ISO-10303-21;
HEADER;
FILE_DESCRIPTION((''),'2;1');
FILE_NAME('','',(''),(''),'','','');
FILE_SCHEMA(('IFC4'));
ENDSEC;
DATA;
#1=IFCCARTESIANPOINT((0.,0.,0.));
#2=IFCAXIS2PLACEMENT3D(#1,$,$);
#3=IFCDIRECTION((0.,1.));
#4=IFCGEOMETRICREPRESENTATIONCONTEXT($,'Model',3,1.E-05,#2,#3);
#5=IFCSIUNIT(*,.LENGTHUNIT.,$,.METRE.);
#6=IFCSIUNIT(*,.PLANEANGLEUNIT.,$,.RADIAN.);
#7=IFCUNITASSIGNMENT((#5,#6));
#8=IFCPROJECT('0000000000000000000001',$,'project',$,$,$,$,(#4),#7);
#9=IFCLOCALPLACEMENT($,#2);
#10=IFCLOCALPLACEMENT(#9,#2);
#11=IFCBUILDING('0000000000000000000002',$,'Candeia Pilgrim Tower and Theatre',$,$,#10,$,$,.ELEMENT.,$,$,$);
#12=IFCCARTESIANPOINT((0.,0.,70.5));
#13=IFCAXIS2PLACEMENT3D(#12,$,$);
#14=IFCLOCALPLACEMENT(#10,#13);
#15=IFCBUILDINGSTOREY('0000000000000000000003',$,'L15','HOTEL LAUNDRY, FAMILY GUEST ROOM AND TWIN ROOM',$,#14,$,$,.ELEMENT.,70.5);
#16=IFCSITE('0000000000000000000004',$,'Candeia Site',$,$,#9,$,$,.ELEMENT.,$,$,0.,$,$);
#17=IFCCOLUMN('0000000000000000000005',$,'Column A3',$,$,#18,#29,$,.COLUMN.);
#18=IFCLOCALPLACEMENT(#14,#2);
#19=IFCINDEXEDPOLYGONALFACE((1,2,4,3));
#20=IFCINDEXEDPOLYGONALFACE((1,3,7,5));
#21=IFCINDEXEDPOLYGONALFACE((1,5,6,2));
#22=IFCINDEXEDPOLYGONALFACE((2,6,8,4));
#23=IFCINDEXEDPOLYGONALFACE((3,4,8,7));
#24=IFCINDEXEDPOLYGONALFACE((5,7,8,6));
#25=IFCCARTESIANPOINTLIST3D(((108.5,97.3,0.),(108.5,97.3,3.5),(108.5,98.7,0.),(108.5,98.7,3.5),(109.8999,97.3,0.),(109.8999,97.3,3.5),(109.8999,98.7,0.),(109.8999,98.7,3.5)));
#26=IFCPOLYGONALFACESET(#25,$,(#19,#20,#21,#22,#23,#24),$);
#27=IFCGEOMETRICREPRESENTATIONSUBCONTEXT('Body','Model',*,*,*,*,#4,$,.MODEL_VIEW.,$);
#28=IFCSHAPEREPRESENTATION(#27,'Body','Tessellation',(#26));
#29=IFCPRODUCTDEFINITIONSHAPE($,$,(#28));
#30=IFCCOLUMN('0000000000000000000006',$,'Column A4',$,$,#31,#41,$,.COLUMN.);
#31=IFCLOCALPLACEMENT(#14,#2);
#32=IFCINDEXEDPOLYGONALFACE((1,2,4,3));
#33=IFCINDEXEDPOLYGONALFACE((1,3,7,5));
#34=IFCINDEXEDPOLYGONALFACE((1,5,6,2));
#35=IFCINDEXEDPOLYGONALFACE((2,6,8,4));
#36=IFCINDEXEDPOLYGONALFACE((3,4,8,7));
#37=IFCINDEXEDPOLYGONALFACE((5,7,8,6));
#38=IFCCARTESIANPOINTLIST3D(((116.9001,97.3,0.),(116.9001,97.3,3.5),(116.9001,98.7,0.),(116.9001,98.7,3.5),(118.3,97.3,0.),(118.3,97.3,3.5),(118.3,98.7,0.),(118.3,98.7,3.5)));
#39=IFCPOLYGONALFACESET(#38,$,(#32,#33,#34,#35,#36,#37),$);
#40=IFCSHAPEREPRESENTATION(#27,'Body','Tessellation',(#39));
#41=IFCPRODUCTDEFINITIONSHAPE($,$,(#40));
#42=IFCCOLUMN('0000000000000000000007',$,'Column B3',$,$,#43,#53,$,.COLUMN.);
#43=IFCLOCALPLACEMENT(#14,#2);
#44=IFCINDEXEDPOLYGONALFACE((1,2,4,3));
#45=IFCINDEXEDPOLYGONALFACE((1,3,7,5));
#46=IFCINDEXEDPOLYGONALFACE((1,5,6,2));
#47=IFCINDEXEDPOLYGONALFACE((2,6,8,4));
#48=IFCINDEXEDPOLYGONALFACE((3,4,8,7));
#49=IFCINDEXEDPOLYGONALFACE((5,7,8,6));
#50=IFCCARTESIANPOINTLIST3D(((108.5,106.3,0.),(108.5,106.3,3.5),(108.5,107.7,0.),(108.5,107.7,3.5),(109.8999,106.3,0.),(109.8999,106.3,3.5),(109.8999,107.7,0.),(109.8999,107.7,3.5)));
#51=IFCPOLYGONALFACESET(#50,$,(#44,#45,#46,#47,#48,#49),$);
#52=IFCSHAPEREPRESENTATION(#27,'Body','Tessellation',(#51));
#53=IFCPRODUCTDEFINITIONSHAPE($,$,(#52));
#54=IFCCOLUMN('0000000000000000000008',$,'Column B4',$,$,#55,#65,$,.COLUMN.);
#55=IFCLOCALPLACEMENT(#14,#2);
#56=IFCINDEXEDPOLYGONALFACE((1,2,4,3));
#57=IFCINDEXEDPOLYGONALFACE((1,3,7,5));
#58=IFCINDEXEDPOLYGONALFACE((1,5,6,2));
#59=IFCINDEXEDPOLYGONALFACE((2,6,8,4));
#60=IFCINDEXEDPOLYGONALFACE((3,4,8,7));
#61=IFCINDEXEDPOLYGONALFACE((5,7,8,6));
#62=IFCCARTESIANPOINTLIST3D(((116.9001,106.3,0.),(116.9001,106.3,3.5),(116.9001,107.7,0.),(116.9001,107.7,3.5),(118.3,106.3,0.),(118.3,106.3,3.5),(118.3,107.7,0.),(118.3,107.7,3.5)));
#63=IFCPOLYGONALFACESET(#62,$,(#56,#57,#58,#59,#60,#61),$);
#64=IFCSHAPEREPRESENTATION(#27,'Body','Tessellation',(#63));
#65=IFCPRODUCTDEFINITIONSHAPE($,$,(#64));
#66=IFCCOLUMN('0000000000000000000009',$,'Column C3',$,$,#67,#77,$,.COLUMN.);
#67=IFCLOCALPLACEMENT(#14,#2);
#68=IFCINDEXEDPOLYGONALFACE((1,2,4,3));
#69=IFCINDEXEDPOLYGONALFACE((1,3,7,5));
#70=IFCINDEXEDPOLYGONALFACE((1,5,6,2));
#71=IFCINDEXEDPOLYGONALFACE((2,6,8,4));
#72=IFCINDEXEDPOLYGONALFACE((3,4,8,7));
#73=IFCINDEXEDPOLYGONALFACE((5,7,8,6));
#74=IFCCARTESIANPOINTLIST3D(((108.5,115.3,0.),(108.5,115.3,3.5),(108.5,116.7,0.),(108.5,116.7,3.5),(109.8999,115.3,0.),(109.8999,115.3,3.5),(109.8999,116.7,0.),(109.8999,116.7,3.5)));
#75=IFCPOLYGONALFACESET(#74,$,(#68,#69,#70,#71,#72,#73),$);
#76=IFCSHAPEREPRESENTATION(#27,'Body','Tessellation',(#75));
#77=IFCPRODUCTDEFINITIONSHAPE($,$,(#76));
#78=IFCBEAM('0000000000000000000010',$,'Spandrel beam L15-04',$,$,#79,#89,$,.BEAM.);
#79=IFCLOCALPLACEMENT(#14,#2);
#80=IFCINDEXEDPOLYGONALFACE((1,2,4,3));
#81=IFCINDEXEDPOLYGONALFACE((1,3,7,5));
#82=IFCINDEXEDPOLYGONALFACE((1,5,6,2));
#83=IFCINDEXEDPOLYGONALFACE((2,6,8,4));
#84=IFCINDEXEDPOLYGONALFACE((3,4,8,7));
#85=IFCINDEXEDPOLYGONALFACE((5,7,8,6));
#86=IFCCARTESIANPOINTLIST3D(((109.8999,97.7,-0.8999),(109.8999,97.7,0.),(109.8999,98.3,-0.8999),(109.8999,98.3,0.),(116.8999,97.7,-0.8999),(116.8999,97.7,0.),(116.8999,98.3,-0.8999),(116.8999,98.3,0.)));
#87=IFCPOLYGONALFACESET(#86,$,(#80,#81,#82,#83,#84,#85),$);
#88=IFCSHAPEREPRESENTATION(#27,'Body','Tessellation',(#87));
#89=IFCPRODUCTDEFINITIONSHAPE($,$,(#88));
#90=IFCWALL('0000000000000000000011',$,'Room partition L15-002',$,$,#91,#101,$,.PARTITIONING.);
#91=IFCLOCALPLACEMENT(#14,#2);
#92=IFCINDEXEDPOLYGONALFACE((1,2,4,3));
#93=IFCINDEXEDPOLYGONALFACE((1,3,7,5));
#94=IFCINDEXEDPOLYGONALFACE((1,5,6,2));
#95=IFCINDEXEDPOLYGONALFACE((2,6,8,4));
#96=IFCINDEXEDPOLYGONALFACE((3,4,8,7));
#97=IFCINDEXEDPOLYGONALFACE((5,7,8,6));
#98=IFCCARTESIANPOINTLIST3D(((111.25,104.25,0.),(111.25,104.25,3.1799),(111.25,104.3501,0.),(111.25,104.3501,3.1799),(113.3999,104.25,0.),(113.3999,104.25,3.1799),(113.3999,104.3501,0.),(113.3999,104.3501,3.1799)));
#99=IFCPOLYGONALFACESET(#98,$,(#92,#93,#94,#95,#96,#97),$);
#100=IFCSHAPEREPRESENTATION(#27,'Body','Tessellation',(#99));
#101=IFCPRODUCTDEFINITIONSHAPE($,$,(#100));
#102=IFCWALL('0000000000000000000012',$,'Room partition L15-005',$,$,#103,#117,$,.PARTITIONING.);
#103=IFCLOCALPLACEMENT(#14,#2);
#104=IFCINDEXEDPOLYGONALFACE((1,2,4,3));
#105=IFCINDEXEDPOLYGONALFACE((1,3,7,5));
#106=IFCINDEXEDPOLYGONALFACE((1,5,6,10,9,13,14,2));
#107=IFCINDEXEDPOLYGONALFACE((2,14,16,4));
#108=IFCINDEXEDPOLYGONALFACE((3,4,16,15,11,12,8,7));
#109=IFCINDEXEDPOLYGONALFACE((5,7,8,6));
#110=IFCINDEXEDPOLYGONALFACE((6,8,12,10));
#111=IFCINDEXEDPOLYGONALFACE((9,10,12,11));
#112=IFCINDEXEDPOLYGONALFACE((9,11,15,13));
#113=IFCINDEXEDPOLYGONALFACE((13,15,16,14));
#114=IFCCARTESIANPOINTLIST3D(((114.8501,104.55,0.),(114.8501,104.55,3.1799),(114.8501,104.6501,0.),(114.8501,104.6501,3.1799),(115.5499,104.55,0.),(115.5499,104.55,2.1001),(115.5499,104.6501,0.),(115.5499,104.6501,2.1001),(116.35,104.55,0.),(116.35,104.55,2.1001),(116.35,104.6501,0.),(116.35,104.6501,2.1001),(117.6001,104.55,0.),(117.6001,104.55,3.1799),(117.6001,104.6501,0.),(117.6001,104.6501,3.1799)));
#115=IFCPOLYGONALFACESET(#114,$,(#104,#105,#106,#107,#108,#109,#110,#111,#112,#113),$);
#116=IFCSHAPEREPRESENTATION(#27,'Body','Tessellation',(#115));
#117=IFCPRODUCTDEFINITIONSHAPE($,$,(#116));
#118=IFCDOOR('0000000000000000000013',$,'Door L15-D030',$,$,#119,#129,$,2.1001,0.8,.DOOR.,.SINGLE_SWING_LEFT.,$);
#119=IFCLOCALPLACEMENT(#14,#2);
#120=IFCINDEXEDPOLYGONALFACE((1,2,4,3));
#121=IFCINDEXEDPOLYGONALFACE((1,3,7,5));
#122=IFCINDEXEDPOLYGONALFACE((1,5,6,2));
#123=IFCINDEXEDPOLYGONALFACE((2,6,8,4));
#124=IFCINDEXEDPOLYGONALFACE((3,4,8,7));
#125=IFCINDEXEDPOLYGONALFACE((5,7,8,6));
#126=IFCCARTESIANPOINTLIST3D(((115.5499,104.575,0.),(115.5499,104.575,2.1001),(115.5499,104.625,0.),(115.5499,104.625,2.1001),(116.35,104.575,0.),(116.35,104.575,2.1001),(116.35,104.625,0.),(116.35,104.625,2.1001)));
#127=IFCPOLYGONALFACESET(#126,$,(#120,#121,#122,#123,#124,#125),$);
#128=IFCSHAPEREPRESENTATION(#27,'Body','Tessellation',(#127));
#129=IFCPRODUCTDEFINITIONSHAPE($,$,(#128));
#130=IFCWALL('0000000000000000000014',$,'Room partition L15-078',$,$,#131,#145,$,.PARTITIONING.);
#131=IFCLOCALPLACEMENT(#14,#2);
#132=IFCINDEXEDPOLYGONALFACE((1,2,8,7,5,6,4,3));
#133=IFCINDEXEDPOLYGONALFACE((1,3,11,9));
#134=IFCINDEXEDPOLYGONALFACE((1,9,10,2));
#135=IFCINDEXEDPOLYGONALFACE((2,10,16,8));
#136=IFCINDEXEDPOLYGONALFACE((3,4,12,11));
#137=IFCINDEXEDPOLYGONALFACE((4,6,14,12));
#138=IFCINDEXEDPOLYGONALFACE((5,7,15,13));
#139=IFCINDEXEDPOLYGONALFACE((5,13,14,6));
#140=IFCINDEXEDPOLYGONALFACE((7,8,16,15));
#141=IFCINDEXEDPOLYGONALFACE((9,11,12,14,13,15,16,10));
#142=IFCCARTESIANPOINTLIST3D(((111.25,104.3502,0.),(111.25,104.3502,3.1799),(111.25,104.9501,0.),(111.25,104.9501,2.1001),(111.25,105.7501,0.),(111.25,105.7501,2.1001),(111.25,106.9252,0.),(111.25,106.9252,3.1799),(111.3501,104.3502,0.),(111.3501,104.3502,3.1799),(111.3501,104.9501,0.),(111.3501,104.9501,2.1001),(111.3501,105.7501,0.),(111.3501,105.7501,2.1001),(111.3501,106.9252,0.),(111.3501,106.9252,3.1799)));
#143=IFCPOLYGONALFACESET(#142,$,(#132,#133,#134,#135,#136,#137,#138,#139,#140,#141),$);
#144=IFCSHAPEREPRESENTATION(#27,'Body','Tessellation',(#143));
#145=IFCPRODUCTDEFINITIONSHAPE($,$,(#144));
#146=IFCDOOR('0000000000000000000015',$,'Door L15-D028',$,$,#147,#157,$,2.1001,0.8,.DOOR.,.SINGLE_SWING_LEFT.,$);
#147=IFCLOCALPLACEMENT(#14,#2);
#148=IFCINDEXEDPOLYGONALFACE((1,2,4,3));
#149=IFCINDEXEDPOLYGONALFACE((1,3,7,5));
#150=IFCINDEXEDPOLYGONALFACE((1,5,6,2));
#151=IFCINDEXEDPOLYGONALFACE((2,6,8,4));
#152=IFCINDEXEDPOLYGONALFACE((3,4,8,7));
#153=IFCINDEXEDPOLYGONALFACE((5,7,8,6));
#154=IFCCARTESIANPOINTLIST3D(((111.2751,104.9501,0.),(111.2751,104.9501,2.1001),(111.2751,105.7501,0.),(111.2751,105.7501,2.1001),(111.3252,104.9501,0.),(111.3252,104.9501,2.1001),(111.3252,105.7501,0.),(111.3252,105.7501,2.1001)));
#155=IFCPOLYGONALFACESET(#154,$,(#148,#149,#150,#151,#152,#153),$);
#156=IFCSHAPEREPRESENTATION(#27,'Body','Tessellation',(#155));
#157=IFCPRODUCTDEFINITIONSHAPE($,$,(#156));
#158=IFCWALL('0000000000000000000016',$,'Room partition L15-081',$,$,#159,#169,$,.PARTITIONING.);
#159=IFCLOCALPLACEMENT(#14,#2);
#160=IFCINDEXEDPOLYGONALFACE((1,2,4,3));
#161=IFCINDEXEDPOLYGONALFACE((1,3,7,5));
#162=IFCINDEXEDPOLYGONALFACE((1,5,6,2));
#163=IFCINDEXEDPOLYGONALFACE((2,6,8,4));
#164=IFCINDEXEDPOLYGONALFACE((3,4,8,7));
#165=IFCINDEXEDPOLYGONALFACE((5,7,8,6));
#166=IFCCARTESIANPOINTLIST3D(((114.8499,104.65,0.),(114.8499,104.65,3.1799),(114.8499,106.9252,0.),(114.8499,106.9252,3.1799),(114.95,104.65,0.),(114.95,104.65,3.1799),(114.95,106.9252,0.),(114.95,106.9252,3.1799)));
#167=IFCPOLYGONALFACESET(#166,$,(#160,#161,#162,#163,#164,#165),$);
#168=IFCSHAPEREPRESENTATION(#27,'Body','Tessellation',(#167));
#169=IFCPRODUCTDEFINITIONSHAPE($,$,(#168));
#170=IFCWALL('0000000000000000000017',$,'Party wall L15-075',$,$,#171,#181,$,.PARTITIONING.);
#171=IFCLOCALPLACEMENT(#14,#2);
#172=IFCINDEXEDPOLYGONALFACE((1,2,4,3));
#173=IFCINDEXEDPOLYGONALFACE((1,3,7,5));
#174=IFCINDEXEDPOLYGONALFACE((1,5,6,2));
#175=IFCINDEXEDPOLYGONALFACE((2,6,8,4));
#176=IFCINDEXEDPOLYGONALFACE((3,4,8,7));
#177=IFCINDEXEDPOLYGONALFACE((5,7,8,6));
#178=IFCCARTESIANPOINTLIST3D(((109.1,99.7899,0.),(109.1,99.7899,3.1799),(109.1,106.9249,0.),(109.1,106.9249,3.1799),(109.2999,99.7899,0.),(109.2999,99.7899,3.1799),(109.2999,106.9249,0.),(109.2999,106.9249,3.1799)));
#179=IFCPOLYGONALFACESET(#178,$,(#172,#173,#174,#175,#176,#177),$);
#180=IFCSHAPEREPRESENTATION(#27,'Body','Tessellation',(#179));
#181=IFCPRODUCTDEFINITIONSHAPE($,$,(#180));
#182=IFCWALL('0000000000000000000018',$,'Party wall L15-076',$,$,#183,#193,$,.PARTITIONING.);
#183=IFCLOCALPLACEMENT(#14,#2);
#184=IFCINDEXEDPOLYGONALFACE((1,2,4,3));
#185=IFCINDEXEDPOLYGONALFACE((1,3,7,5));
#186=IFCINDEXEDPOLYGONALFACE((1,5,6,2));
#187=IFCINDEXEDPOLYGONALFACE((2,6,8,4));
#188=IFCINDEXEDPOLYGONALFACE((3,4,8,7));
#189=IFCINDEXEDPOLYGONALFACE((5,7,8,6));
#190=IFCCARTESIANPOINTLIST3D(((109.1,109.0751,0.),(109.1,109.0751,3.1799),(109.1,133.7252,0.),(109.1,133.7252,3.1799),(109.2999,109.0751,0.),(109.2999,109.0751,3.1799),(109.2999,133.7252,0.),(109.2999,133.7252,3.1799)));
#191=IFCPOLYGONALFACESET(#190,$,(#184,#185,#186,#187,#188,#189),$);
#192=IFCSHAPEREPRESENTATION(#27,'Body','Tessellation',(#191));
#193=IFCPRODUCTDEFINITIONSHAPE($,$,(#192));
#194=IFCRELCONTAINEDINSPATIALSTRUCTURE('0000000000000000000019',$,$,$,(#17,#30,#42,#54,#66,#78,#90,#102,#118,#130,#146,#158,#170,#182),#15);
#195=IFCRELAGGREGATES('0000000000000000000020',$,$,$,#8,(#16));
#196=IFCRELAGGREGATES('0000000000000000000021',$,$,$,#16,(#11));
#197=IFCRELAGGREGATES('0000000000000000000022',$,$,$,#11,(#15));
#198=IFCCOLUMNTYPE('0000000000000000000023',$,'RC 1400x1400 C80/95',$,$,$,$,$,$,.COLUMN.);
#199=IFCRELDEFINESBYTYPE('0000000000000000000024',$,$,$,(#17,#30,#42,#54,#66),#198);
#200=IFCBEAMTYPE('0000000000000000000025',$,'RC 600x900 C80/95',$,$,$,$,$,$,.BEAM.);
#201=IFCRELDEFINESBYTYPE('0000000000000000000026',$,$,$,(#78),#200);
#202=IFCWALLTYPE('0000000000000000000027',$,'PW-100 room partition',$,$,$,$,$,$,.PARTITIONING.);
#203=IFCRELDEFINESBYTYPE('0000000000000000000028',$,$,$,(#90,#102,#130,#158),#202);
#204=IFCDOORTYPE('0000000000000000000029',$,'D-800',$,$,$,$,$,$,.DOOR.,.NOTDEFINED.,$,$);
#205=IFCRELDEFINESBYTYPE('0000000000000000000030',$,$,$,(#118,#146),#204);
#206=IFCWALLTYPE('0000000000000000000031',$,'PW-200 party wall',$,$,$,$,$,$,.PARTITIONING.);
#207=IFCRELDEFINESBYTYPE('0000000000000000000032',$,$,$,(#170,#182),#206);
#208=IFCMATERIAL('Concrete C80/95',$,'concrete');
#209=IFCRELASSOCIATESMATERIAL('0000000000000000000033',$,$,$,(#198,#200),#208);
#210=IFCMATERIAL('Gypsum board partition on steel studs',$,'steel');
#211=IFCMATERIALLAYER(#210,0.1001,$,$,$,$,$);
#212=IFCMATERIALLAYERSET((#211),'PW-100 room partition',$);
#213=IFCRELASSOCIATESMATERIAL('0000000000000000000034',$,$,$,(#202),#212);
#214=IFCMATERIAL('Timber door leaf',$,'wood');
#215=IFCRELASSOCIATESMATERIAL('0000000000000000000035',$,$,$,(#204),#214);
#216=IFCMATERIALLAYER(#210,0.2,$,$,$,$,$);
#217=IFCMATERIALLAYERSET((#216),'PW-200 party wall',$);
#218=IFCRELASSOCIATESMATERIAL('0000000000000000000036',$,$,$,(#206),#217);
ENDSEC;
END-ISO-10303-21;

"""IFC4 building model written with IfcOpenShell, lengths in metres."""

from ifc_helpers import new_model, si_unit, direction, frame, frame_2d, origin, origin_2d, place, context, subcontext, project, spatial, rectangle, extrude, material, layer, layer_set, material_profile, profile_set, type_object, element, fill, save


model = new_model("IFC4")

# Units and contexts
model_context = context("Model", 3, precision=1e-05, world=origin(), true_north=direction((0.0, 1.0)))
body_context = subcontext(model_context, "Body", "Model", "MODEL_VIEW")
ifc_project = project(units=[si_unit("LENGTHUNIT", "METRE"), si_unit("PLANEANGLEUNIT", "RADIAN")], contexts=[model_context])

# Site, building, storey
site_placement = place(None, origin())
site = spatial("IfcSite", under=ifc_project, at=site_placement, Name="Candeia Site", CompositionType="ELEMENT", RefElevation=0.0)
building_placement = place(site_placement, origin())
building = spatial("IfcBuilding", under=site, at=building_placement, Name="Candeia Pilgrim Tower and Theatre", CompositionType="ELEMENT")
storey_placement = place(building_placement, frame((0.0, 0.0, 70.5)))
storey = spatial("IfcBuildingStorey", under=building, at=storey_placement, Name="L15", Description="HOTEL LAUNDRY, FAMILY GUEST ROOM AND TWIN ROOM", CompositionType="ELEMENT", Elevation=70.5)

# Columns
ifc_material_1 = material(Name="Concrete C80/95", Category="concrete")
ifc_material_profile_1 = material_profile(ifc_material_1, rectangle(XDim=1.3999, YDim=1.3999, at=origin_2d()))
ifc_profile_set_1 = profile_set([ifc_material_profile_1], Name="Concrete C80/95")
column_type = type_object("IfcColumnType", Name="RC 1400x1400 C80/95", PredefinedType="COLUMN", material=ifc_profile_set_1)
for number, where, z_axis, x_axis, name in (
    (1, (109.2, 98.0, 0.0), (0.0, 0.0, 1.0), (1.0, 0.0, 0.0), "Column A3"),
    (2, (117.6001, 98.0, 0.0), (0.0, 0.0, 1.0), (1.0, 0.0, 0.0), "Column A4"),
    (3, (109.2, 107.0, 0.0), (0.0, 0.0, 1.0), (1.0, 0.0, 0.0), "Column B3"),
    (4, (117.6001, 107.0, 0.0), (0.0, 0.0, 1.0), (1.0, 0.0, 0.0), "Column B4"),
    (5, (109.2, 116.0, 0.0), (0.0, 0.0, 1.0), (1.0, 0.0, 0.0), "Column C3"),
):
    element("IfcColumn", number, at=place(storey_placement, frame(where, z_axis=z_axis, x_axis=x_axis)), inside=storey, type_object=column_type, Name=name, PredefinedType="COLUMN", context=body_context, shape_type="SweptSolid", body=[
        extrude(rectangle(XDim=1.3999, YDim=1.3999, at=origin_2d()), origin(), (0.0, 0.0, 1.0), 3.5),
    ])

# Beam
ifc_material_profile_2 = material_profile(ifc_material_1, rectangle(XDim=0.6001, YDim=0.8999, at=origin_2d()))
ifc_profile_set_2 = profile_set([ifc_material_profile_2], Name="Concrete C80/95")
beam_type = type_object("IfcBeamType", Name="RC 600x900 C80/95", PredefinedType="BEAM", material=ifc_profile_set_2)
beam_placement = place(storey_placement, frame((109.8999, 98.0, -0.45), z_axis=(1.0, 0.0, 0.0), x_axis=(0.0, 1.0, 0.0)))
element("IfcBeam", 6, at=beam_placement, inside=storey, type_object=beam_type, Name="Spandrel beam L15-04", PredefinedType="BEAM", context=body_context, shape_type="SweptSolid", body=[
    extrude(rectangle(XDim=0.6001, YDim=0.8999, at=origin_2d()), origin(), (0.0, 0.0, 1.0), 7.0),
])

# Wall
ifc_material_2 = material(Name="Gypsum board partition on steel studs", Category="steel")
ifc_layer_1 = layer(ifc_material_2, 0.1001)
ifc_layer_set_1 = layer_set([ifc_layer_1], Name="PW-100 room partition")
wall_type_1 = type_object("IfcWallType", Name="PW-100 room partition", PredefinedType="PARTITIONING", material=ifc_layer_set_1)
wall_1_placement = place(storey_placement, frame((111.25, 104.3, 0.0), z_axis=(0.0, 0.0, 1.0), x_axis=(1.0, 0.0, 0.0)))
element("IfcWall", 7, at=wall_1_placement, inside=storey, type_object=wall_type_1, Name="Room partition L15-002", PredefinedType="PARTITIONING", context=body_context, shape_type="SweptSolid", body=[
    extrude(rectangle(XDim=2.1499, YDim=0.1001, at=frame_2d((1.075, 0.0))), origin(), (0.0, 0.0, 1.0), 3.1799),
])

# Walls, openings, doors
wall_2_placement = place(storey_placement, frame((114.8501, 104.6001, 0.0), z_axis=(0.0, 0.0, 1.0), x_axis=(1.0, 0.0, 0.0)))
wall_2 = element("IfcWall", 8, at=wall_2_placement, inside=storey, type_object=wall_type_1, Name="Room partition L15-005", PredefinedType="PARTITIONING", context=body_context, shape_type="SweptSolid", body=[
    extrude(rectangle(XDim=2.75, YDim=0.1001, at=frame_2d((1.375, 0.0))), origin(), (0.0, 0.0, 1.0), 3.1799),
])
opening_1_placement = place(wall_2_placement, frame((0.7, 0.0, 0.0)))
opening_1 = element("IfcOpeningElement", 9, at=opening_1_placement, cuts=wall_2, PredefinedType="OPENING", context=body_context, shape_type="SweptSolid", body=[
    extrude(rectangle(XDim=0.8, YDim=2.1001, at=frame_2d((0.3999, 1.05))), frame((0.0, 0.0601, 0.0), z_axis=(0.0, -1.0, 0.0), x_axis=(1.0, 0.0, 0.0)), (0.0, 0.0, 1.0), 0.1201),
])
ifc_material_3 = material(Name="Timber door leaf", Category="wood")
door_type = type_object("IfcDoorType", Name="D-800", OperationType="NOTDEFINED", PredefinedType="DOOR", material=ifc_material_3)
door_1_placement = place(opening_1_placement, origin())
door_1 = element("IfcDoor", 10, at=door_1_placement, inside=storey, type_object=door_type, Name="Door L15-D030", OperationType="SINGLE_SWING_LEFT", OverallHeight=2.1001, OverallWidth=0.8, PredefinedType="DOOR", context=body_context, shape_type="SweptSolid", body=[
    extrude(rectangle(XDim=0.8, YDim=2.1001, at=frame_2d((0.3999, 1.05))), frame((0.0, 0.0249, 0.0), z_axis=(0.0, -1.0, 0.0), x_axis=(1.0, 0.0, 0.0)), (0.0, 0.0, 1.0), 0.05),
])
fill(opening_1, door_1)
wall_3_placement = place(storey_placement, frame((111.3, 104.3501, 0.0), z_axis=(0.0, 0.0, 1.0), x_axis=(0.0, 1.0, 0.0)))
wall_3 = element("IfcWall", 11, at=wall_3_placement, inside=storey, type_object=wall_type_1, Name="Room partition L15-078", PredefinedType="PARTITIONING", context=body_context, shape_type="SweptSolid", body=[
    extrude(rectangle(XDim=2.575, YDim=0.1001, at=frame_2d((1.2876, 0.0))), origin(), (0.0, 0.0, 1.0), 3.1799),
])
opening_2_placement = place(wall_3_placement, frame((0.6001, 0.0, 0.0)))
opening_2 = element("IfcOpeningElement", 12, at=opening_2_placement, cuts=wall_3, PredefinedType="OPENING", context=body_context, shape_type="SweptSolid", body=[
    extrude(rectangle(XDim=0.8, YDim=2.1001, at=frame_2d((0.3999, 1.05))), frame((0.0, 0.0601, 0.0), z_axis=(0.0, -1.0, 0.0), x_axis=(1.0, 0.0, 0.0)), (0.0, 0.0, 1.0), 0.1201),
])
door_2_placement = place(opening_2_placement, origin())
door_2 = element("IfcDoor", 13, at=door_2_placement, inside=storey, type_object=door_type, Name="Door L15-D028", OperationType="SINGLE_SWING_LEFT", OverallHeight=2.1001, OverallWidth=0.8, PredefinedType="DOOR", context=body_context, shape_type="SweptSolid", body=[
    extrude(rectangle(XDim=0.8, YDim=2.1001, at=frame_2d((0.3999, 1.05))), frame((0.0, 0.0249, 0.0), z_axis=(0.0, -1.0, 0.0), x_axis=(1.0, 0.0, 0.0)), (0.0, 0.0, 1.0), 0.05),
])
fill(opening_2, door_2)

# Walls
wall_4_placement = place(storey_placement, frame((114.8999, 104.6499, 0.0), z_axis=(0.0, 0.0, 1.0), x_axis=(0.0, 1.0, 0.0)))
element("IfcWall", 14, at=wall_4_placement, inside=storey, type_object=wall_type_1, Name="Room partition L15-081", PredefinedType="PARTITIONING", context=body_context, shape_type="SweptSolid", body=[
    extrude(rectangle(XDim=2.2751, YDim=0.1001, at=frame_2d((1.1377, 0.0))), origin(), (0.0, 0.0, 1.0), 3.1799),
])
ifc_layer_2 = layer(ifc_material_2, 0.2)
ifc_layer_set_2 = layer_set([ifc_layer_2], Name="PW-200 party wall")
wall_type_2 = type_object("IfcWallType", Name="PW-200 party wall", PredefinedType="PARTITIONING", material=ifc_layer_set_2)
wall_5_placement = place(storey_placement, frame((109.2, 99.79, 0.0), z_axis=(0.0, 0.0, 1.0), x_axis=(0.0, 1.0, 0.0)))
element("IfcWall", 15, at=wall_5_placement, inside=storey, type_object=wall_type_2, Name="Party wall L15-075", PredefinedType="PARTITIONING", context=body_context, shape_type="SweptSolid", body=[
    extrude(rectangle(XDim=7.135, YDim=0.2, at=frame_2d((3.5674, 0.0))), origin(), (0.0, 0.0, 1.0), 3.1799),
])
wall_6_placement = place(storey_placement, frame((109.2, 109.075, 0.0), z_axis=(0.0, 0.0, 1.0), x_axis=(0.0, 1.0, 0.0)))
element("IfcWall", 16, at=wall_6_placement, inside=storey, type_object=wall_type_2, Name="Party wall L15-076", PredefinedType="PARTITIONING", context=body_context, shape_type="SweptSolid", body=[
    extrude(rectangle(XDim=24.6501, YDim=0.2, at=frame_2d((12.3252, 0.0))), origin(), (0.0, 0.0, 1.0), 3.1799),
])

save(model, "model.ifc")
